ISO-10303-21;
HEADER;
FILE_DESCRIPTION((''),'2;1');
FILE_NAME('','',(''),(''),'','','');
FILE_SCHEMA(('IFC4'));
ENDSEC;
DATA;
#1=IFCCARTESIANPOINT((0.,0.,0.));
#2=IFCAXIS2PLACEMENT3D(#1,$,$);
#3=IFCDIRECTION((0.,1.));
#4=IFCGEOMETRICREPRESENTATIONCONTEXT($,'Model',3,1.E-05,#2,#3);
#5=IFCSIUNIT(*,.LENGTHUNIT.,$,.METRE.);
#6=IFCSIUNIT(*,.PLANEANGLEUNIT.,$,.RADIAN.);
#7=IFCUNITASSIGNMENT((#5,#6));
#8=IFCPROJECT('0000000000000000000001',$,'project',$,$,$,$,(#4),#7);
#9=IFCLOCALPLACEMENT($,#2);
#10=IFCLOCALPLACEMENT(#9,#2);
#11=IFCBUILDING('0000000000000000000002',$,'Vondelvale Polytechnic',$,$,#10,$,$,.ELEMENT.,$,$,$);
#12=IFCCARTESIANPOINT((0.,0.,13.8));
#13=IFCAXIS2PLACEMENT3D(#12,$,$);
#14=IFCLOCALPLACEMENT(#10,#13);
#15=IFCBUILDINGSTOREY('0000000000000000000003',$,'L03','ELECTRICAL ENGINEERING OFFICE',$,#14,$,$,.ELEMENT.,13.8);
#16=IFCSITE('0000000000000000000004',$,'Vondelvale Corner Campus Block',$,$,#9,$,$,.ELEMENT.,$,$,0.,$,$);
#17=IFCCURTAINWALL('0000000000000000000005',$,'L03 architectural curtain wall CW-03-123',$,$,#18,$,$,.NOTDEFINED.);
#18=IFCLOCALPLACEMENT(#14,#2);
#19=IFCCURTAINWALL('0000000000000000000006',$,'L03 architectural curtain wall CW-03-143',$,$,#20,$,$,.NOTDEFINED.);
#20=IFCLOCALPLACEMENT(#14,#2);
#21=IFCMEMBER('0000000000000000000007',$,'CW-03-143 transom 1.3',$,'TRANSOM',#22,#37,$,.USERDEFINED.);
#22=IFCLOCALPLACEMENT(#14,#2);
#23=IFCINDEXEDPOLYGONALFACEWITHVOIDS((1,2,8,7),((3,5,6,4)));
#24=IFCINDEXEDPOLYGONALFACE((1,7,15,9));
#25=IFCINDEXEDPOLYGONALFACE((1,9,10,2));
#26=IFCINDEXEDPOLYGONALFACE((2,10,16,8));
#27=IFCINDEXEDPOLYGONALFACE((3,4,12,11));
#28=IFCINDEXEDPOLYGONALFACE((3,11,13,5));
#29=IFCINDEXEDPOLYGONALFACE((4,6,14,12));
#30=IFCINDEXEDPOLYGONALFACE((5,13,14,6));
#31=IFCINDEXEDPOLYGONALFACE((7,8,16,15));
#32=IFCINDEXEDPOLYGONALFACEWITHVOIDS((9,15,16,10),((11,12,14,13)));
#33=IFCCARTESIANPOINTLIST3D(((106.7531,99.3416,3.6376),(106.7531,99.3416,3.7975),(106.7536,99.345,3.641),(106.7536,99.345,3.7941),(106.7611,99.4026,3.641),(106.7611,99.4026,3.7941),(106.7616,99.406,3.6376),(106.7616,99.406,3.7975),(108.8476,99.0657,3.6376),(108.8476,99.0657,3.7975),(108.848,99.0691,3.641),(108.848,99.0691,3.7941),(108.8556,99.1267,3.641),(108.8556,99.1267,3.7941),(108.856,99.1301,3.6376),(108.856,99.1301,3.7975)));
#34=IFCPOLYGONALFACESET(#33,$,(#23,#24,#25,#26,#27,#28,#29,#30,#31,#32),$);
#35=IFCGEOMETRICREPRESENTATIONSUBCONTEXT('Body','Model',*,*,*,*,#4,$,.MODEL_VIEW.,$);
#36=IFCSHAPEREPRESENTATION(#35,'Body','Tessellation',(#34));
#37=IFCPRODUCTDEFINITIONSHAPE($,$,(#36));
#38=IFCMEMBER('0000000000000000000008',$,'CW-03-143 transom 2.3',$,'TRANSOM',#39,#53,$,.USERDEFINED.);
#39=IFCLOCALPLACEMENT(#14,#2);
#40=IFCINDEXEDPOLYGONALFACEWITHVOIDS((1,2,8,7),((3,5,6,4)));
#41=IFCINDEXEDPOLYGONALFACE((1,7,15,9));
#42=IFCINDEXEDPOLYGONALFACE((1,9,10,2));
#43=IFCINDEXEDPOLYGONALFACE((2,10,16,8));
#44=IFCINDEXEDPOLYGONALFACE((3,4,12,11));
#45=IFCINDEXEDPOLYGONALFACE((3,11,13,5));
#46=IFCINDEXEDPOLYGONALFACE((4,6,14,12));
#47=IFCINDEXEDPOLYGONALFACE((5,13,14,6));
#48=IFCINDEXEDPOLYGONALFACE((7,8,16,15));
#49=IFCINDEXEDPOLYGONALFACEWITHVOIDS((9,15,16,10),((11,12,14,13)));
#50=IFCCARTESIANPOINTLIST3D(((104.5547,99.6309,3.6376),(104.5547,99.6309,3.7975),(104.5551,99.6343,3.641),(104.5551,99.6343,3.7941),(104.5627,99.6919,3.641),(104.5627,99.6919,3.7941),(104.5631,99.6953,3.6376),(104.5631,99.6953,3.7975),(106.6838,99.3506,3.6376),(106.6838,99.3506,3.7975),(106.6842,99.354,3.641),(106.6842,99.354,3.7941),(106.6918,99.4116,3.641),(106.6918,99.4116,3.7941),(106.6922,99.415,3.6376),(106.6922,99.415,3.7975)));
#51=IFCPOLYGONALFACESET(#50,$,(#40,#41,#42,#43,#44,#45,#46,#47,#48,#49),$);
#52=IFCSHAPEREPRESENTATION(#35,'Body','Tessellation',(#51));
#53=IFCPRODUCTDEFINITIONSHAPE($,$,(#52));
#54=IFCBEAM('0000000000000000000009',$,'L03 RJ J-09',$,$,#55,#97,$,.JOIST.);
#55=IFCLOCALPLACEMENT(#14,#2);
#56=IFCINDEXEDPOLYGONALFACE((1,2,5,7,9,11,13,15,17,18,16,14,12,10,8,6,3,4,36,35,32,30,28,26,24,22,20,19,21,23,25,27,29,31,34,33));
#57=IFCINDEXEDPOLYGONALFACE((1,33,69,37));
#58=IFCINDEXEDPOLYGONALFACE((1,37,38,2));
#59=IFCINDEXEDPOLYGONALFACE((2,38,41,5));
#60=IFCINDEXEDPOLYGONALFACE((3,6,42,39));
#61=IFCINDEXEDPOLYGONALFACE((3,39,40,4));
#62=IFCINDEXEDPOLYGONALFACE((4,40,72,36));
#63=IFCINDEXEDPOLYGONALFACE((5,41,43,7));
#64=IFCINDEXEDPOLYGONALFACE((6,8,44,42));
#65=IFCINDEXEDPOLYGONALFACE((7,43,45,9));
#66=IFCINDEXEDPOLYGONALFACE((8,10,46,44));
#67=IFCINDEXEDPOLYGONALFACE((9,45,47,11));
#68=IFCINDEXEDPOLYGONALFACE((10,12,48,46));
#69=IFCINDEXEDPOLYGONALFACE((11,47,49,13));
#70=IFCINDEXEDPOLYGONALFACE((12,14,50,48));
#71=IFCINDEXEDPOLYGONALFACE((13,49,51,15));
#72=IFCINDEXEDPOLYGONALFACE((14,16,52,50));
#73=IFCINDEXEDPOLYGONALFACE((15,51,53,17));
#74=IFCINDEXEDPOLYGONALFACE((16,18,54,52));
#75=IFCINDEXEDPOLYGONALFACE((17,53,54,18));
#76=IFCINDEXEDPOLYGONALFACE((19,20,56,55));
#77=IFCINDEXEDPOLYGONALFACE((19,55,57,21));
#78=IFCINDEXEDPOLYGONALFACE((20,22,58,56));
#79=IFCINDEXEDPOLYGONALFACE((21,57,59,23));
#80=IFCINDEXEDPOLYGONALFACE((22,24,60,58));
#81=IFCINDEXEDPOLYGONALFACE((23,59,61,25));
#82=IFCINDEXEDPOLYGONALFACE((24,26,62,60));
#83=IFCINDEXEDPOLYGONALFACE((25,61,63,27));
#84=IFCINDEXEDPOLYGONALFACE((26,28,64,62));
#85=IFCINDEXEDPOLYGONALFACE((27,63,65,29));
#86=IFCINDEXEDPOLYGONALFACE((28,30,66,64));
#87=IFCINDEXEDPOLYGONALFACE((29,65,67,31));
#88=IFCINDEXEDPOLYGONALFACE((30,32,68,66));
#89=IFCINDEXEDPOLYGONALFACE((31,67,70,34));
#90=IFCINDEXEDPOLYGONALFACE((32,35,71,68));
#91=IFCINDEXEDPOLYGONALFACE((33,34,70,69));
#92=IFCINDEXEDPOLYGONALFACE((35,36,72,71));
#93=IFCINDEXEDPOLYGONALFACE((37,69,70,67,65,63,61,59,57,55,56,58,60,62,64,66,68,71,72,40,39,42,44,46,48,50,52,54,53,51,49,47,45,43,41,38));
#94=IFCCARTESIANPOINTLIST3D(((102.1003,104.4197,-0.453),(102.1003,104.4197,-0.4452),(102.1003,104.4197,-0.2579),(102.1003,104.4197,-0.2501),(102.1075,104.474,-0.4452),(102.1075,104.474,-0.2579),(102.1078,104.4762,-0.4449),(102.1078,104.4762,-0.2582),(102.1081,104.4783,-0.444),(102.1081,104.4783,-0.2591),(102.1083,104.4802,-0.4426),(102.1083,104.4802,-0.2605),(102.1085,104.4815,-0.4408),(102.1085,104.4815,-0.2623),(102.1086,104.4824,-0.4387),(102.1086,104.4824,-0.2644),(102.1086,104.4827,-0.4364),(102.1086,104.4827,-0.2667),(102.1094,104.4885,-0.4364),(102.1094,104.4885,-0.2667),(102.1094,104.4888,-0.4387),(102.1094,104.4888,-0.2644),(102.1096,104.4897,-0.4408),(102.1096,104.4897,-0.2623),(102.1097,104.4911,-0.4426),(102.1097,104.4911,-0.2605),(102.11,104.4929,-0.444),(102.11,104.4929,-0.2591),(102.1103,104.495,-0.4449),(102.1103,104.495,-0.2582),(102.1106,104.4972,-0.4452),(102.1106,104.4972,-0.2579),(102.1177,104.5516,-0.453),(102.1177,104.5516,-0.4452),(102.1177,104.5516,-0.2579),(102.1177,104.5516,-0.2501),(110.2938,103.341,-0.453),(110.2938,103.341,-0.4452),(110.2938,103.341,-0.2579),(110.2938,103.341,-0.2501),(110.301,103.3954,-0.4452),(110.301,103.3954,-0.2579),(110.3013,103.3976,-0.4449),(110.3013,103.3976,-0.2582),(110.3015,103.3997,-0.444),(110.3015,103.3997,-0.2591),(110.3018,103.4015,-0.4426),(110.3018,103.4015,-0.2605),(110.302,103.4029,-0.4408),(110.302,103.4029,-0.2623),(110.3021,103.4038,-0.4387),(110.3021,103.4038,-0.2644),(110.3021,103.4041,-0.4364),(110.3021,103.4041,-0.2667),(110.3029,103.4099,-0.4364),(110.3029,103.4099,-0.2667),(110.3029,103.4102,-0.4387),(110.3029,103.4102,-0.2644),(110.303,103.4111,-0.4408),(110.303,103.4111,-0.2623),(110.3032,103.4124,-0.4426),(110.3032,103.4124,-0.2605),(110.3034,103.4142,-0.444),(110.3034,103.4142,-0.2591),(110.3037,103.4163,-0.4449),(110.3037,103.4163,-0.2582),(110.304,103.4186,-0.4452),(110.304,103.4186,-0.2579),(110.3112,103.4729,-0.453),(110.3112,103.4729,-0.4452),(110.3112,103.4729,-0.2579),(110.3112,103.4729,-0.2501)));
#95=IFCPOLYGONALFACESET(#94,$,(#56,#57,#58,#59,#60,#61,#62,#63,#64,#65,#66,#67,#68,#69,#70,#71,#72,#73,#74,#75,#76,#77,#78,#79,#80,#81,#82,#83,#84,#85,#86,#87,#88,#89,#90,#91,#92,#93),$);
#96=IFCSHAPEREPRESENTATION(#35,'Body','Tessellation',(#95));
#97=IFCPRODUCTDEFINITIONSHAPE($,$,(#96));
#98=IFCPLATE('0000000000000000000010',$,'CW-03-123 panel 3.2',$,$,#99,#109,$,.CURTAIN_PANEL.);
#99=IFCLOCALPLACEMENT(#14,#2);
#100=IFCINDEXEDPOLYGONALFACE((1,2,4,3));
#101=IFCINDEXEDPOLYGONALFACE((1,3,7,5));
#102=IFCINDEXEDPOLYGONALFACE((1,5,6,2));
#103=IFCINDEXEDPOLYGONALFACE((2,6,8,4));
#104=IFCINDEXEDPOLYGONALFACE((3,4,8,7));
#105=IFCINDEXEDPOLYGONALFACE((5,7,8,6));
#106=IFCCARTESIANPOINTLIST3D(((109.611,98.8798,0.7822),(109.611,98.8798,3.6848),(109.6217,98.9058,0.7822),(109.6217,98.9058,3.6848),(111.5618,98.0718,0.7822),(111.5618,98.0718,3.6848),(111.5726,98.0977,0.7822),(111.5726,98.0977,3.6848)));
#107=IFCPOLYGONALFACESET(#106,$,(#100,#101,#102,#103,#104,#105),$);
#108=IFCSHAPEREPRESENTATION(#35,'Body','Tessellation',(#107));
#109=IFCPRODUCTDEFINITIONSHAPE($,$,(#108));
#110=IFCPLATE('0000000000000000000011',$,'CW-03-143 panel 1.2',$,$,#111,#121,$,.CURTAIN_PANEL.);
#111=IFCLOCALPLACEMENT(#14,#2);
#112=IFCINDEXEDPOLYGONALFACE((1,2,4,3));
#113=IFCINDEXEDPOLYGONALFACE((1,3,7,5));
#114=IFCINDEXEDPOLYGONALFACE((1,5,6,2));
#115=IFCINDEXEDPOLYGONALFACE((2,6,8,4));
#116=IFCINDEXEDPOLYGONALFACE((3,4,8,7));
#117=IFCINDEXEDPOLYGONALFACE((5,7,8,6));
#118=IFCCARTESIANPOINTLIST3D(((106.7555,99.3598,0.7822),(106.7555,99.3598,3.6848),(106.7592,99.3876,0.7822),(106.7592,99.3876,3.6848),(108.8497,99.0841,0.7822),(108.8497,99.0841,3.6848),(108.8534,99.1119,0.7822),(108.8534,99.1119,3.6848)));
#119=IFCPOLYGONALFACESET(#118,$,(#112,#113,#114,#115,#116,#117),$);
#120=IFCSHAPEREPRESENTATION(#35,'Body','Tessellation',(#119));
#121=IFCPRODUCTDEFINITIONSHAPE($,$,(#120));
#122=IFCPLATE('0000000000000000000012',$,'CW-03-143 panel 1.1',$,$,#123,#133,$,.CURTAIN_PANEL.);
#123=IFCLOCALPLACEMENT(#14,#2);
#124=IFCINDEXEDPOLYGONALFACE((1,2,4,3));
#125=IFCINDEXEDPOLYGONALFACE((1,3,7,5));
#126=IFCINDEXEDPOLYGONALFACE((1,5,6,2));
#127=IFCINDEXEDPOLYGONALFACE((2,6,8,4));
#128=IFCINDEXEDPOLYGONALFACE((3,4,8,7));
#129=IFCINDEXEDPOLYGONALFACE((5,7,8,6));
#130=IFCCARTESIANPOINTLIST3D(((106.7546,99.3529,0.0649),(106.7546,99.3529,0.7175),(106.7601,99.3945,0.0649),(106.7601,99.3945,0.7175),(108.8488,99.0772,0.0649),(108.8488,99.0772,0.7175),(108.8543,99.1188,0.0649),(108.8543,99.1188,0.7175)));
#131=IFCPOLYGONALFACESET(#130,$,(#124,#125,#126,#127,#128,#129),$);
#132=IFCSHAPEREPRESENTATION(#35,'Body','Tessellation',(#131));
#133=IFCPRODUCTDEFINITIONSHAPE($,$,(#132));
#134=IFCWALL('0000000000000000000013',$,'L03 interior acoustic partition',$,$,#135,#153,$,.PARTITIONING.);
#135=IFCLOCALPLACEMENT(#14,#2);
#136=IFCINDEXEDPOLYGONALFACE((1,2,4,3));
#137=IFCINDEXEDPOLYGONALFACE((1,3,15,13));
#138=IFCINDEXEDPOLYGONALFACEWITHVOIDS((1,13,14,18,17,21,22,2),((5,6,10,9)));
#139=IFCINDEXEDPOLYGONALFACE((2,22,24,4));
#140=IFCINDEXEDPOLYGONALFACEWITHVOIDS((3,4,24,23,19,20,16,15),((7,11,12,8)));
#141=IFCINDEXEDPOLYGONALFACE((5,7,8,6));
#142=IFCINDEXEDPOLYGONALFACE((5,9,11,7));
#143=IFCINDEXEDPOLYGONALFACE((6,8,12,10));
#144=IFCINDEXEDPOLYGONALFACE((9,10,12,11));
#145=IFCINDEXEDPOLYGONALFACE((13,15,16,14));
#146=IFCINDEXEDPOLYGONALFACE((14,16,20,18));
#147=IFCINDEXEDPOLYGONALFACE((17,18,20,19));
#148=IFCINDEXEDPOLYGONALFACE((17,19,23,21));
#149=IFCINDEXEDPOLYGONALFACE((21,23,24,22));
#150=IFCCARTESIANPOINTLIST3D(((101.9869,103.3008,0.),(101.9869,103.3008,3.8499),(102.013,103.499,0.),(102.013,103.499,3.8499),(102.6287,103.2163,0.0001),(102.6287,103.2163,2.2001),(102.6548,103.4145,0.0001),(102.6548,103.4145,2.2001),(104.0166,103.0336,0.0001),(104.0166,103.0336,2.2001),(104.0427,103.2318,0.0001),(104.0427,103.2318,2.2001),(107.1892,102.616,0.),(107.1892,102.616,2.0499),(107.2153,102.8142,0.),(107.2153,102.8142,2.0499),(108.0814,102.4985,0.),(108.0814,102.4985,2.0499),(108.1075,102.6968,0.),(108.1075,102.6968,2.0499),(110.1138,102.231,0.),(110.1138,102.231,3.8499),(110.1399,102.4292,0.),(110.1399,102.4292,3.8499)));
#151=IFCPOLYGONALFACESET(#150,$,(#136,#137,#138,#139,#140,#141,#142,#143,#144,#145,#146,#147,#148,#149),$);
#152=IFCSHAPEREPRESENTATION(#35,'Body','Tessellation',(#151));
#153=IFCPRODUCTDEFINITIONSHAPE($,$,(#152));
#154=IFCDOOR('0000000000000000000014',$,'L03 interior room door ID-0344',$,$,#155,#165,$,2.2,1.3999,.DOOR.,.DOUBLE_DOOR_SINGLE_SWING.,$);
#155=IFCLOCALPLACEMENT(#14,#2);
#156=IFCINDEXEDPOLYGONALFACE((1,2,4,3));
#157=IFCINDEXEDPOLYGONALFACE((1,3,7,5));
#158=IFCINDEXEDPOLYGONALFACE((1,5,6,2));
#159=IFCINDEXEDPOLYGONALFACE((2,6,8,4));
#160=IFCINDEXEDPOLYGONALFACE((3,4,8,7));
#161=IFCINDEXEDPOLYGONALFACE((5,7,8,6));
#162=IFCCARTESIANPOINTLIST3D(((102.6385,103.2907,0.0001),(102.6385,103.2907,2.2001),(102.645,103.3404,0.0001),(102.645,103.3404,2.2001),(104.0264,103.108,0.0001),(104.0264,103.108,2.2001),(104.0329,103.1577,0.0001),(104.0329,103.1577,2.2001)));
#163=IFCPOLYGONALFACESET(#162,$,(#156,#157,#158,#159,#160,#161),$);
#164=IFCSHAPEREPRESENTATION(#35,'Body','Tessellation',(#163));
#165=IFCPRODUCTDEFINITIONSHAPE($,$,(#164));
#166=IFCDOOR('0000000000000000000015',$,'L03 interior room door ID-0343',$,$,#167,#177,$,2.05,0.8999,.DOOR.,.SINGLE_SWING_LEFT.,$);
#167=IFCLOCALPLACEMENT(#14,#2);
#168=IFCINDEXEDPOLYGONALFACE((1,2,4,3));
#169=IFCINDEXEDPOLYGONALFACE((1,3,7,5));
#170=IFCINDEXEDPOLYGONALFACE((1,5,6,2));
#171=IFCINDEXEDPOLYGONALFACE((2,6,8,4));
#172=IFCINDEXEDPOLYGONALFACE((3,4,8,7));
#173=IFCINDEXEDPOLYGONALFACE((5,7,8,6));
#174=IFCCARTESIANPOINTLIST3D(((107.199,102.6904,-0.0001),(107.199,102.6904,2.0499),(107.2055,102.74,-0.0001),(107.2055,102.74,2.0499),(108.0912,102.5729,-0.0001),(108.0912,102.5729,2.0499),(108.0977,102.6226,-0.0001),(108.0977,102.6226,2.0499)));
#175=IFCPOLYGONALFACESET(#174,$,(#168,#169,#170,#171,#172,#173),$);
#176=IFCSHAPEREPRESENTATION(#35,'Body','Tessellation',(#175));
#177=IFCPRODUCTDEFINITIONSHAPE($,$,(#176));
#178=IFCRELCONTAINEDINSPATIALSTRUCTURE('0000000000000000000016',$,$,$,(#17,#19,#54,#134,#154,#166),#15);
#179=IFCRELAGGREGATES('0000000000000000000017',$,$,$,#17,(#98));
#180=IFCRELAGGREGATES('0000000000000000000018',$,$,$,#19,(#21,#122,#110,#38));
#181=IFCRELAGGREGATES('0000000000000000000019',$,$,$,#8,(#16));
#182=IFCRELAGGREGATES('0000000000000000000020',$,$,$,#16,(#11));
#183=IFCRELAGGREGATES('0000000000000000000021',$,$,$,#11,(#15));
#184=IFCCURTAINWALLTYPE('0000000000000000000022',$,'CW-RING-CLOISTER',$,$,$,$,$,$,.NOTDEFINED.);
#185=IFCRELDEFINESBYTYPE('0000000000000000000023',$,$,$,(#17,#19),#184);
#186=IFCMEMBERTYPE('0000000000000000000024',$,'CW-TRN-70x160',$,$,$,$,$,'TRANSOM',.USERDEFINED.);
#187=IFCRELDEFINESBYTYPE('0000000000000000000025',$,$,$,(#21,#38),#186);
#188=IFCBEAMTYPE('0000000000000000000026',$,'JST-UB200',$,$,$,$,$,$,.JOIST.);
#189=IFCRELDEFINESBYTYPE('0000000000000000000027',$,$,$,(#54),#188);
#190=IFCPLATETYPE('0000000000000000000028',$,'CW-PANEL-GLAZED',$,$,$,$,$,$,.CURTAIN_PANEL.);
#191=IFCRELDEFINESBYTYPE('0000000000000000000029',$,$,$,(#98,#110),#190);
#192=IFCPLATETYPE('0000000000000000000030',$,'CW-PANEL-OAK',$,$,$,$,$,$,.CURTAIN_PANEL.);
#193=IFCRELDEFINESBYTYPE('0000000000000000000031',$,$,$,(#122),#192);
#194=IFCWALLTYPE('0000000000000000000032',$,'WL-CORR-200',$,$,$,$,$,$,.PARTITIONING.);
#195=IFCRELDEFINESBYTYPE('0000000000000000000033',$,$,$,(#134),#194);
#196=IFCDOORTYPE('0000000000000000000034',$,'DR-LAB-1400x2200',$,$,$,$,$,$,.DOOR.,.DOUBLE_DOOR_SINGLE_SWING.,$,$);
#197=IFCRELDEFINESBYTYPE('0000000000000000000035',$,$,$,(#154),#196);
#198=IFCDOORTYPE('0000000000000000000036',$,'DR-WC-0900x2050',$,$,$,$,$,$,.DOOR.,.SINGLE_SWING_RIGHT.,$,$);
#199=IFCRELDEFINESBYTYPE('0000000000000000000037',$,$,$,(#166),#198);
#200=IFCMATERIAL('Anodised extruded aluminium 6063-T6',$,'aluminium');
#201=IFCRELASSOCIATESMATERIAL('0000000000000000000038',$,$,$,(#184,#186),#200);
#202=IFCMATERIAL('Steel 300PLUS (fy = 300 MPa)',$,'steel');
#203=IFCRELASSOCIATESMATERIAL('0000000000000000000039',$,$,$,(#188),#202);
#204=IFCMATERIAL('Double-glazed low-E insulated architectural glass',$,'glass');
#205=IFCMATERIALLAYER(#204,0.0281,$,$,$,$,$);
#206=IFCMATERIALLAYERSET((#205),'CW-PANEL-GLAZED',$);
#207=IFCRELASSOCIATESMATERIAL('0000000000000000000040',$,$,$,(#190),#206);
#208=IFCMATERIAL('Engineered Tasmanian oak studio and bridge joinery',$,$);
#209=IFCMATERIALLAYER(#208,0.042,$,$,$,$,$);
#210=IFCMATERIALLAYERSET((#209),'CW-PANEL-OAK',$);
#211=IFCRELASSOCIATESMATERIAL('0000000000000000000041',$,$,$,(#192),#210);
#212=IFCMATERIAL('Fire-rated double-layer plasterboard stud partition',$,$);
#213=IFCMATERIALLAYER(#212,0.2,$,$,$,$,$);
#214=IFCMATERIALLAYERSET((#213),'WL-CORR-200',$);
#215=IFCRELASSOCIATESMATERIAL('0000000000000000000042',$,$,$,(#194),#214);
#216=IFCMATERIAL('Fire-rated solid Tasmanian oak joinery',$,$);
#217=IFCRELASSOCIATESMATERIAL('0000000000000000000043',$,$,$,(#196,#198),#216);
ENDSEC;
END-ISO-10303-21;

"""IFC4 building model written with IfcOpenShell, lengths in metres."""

from ifc_helpers import new_model, si_unit, direction, frame, frame_2d, origin, origin_2d, place, context, subcontext, project, spatial, rectangle, hollow_rectangle, i_section, extrude, material, layer, layer_set, material_profile, profile_set, type_object, element, fill, aggregate, save


model = new_model("IFC4")

# Units and contexts
model_context = context("Model", 3, precision=1e-05, world=origin(), true_north=direction((0.0, 1.0)))
body_context = subcontext(model_context, "Body", "Model", "MODEL_VIEW")
ifc_project = project(units=[si_unit("LENGTHUNIT", "METRE"), si_unit("PLANEANGLEUNIT", "RADIAN")], contexts=[model_context])

# Site, building, storey
site_placement = place(None, origin())
site = spatial("IfcSite", under=ifc_project, at=site_placement, Name="Vondelvale Corner Campus Block", CompositionType="ELEMENT", RefElevation=0.0)
building_placement = place(site_placement, origin())
building = spatial("IfcBuilding", under=site, at=building_placement, Name="Vondelvale Polytechnic", CompositionType="ELEMENT")
storey_placement = place(building_placement, frame((0.0, 0.0, 13.8)))
storey = spatial("IfcBuildingStorey", under=building, at=storey_placement, Name="L03", Description="ELECTRICAL ENGINEERING OFFICE", CompositionType="ELEMENT", Elevation=13.8)

# Shared definitions
ifc_material_1 = material(Name="Steel 300PLUS (fy = 300 MPa)", Category="steel")

# Curtain wall
ifc_material_2 = material(Name="Anodised extruded aluminium 6063-T6", Category="aluminium")
curtain_wall_type = type_object("IfcCurtainWallType", Name="CW-RING-CLOISTER", PredefinedType="NOTDEFINED", material=ifc_material_2)
curtain_wall_1_placement = place(storey_placement, origin())
curtain_wall_1 = element("IfcCurtainWall", 1, at=curtain_wall_1_placement, inside=storey, type_object=curtain_wall_type, Name="L03 architectural curtain wall CW-03-123", PredefinedType="NOTDEFINED")

# Curtain wall, members
curtain_wall_2_placement = place(storey_placement, origin())
curtain_wall_2 = element("IfcCurtainWall", 2, at=curtain_wall_2_placement, inside=storey, type_object=curtain_wall_type, Name="L03 architectural curtain wall CW-03-143", PredefinedType="NOTDEFINED")
ifc_material_profile_1 = material_profile(ifc_material_2, hollow_rectangle(XDim=0.0649, YDim=0.1599, WallThickness=0.0034, at=origin_2d()), Name="CW-TRN-160x65")
ifc_profile_set_1 = profile_set([ifc_material_profile_1], Name="Anodised extruded aluminium 6063-T6")
member_type_1 = type_object("IfcMemberType", Name="CW-TRN-70x160", ElementType="TRANSOM", PredefinedType="USERDEFINED", material=ifc_profile_set_1)
member_1_placement = place(storey_placement, frame((108.8518, 99.0979, 3.7175), z_axis=(-0.991437, 0.130589, 0.0), x_axis=(-0.130589, -0.991437, 0.0)))
member_1 = element("IfcMember", 3, at=member_1_placement, type_object=member_type_1, Name="CW-03-143 transom 1.3", ObjectType="TRANSOM", PredefinedType="USERDEFINED", context=body_context, shape_type="SweptSolid", body=[
    extrude(hollow_rectangle(XDim=0.0649, YDim=0.1599, WallThickness=0.0034, at=origin_2d()), origin(), (0.0, 0.0, 1.0), 2.1125),
])
member_2_placement = place(storey_placement, frame((106.688, 99.3828, 3.7175), z_axis=(-0.991447, 0.13051, 0.0), x_axis=(-0.13051, -0.991447, 0.0)))
member_2 = element("IfcMember", 4, at=member_2_placement, type_object=member_type_1, Name="CW-03-143 transom 2.3", ObjectType="TRANSOM", PredefinedType="USERDEFINED", context=body_context, shape_type="SweptSolid", body=[
    extrude(hollow_rectangle(XDim=0.0649, YDim=0.1599, WallThickness=0.0034, at=origin_2d()), origin(), (0.0, 0.0, 1.0), 2.1475),
])

# Beam
ifc_material_profile_2 = material_profile(ifc_material_1, i_section(OverallWidth=0.1331, OverallDepth=0.2029, WebThickness=0.0059, FlangeThickness=0.0078, FilletRadius=0.0088, at=origin_2d()), Name="200UB25.4")
ifc_profile_set_2 = profile_set([ifc_material_profile_2], Name="Steel 300PLUS (fy = 300 MPa)")
beam_type_1 = type_object("IfcBeamType", Name="JST-UB200", PredefinedType="JOIST", material=ifc_profile_set_2)
beam_1_placement = place(storey_placement, frame((110.3025, 103.407, -0.3516), z_axis=(-0.991446, 0.130519, 0.0), x_axis=(-0.130519, -0.991446, 0.0)))
element("IfcBeam", 5, at=beam_1_placement, inside=storey, type_object=beam_type_1, Name="L03 RJ J-09", PredefinedType="JOIST", context=body_context, shape_type="SweptSolid", body=[
    extrude(i_section(OverallWidth=0.1331, OverallDepth=0.2029, WebThickness=0.0059, FlangeThickness=0.0078, FilletRadius=0.0088, at=origin_2d()), origin(), (0.0, 0.0, 1.0), 8.2642),
])

# Plates
ifc_material_3 = material(Name="Double-glazed low-E insulated architectural glass", Category="glass")
ifc_layer_1 = layer(ifc_material_3, 0.0281)
ifc_layer_set_1 = layer_set([ifc_layer_1], Name="CW-PANEL-GLAZED")
plate_type_1 = type_object("IfcPlateType", Name="CW-PANEL-GLAZED", PredefinedType="CURTAIN_PANEL", material=ifc_layer_set_1)
plate_1_placement = place(storey_placement, frame((110.5918, 98.4888, 0.7822), z_axis=(0.0, 0.0, 1.0), x_axis=(-0.923882, 0.382679, 0.0)))
plate_1 = element("IfcPlate", 6, at=plate_1_placement, type_object=plate_type_1, Name="CW-03-123 panel 3.2", PredefinedType="CURTAIN_PANEL", context=body_context, shape_type="SweptSolid", body=[
    extrude(rectangle(XDim=2.1116, YDim=0.0281, at=origin_2d()), origin(), (0.0, 0.0, 1.0), 2.9026),
])
aggregate(curtain_wall_1, [plate_1])
plate_2_placement = place(storey_placement, frame((107.8044, 99.2358, 0.7822), z_axis=(0.0, 0.0, 1.0), x_axis=(-0.991445, 0.130528, 0.0)))
plate_2 = element("IfcPlate", 7, at=plate_2_placement, type_object=plate_type_1, Name="CW-03-143 panel 1.2", PredefinedType="CURTAIN_PANEL", context=body_context, shape_type="SweptSolid", body=[
    extrude(rectangle(XDim=2.1123, YDim=0.0281, at=origin_2d()), origin(), (0.0, 0.0, 1.0), 2.9026),
])
ifc_material_4 = material(Name="Engineered Tasmanian oak studio and bridge joinery")
ifc_layer_2 = layer(ifc_material_4, 0.042)
ifc_layer_set_2 = layer_set([ifc_layer_2], Name="CW-PANEL-OAK")
plate_type_2 = type_object("IfcPlateType", Name="CW-PANEL-OAK", PredefinedType="CURTAIN_PANEL", material=ifc_layer_set_2)
plate_3_placement = place(storey_placement, frame((107.8044, 99.2358, 0.0649), z_axis=(0.0, 0.0, 1.0), x_axis=(-0.991445, 0.130528, 0.0)))
plate_3 = element("IfcPlate", 8, at=plate_3_placement, type_object=plate_type_2, Name="CW-03-143 panel 1.1", PredefinedType="CURTAIN_PANEL", context=body_context, shape_type="SweptSolid", body=[
    extrude(rectangle(XDim=2.1123, YDim=0.042, at=origin_2d()), origin(), (0.0, 0.0, 1.0), 0.6526),
])
aggregate(curtain_wall_2, [member_1, plate_3, plate_2, member_2])

# Wall, openings, doors
ifc_material_5 = material(Name="Fire-rated double-layer plasterboard stud partition")
ifc_layer_3 = layer(ifc_material_5, 0.2)
ifc_layer_set_3 = layer_set([ifc_layer_3], Name="WL-CORR-200")
wall_type_1 = type_object("IfcWallType", Name="WL-CORR-200", PredefinedType="PARTITIONING", material=ifc_layer_set_3)
wall_1_placement = place(storey_placement, frame((110.127, 102.3301, 0.0), z_axis=(0.0, 0.0, 1.0), x_axis=(-0.991447, 0.130513, 0.0)))
wall_1 = element("IfcWall", 9, at=wall_1_placement, inside=storey, type_object=wall_type_1, Name="L03 interior acoustic partition", PredefinedType="PARTITIONING", context=body_context, shape_type="SweptSolid", body=[
    extrude(rectangle(XDim=8.197, YDim=0.2, at=frame_2d((4.0986, 0.0))), origin(), (0.0, 0.0, 1.0), 3.8499),
])
opening_1_placement = place(wall_1_placement, frame((2.05, 0.0, 0.0)))
opening_1 = element("IfcOpeningElement", 10, at=opening_1_placement, cuts=wall_1, PredefinedType="OPENING", context=body_context, shape_type="SweptSolid", body=[
    extrude(rectangle(XDim=0.8999, YDim=2.05, at=frame_2d((0.45, 1.0249))), frame((0.0, 0.1099, 0.0), z_axis=(0.0, -1.0, 0.0), x_axis=(1.0, 0.0, 0.0)), (0.0, 0.0, 1.0), 0.22),
])
opening_2_placement = place(wall_1_placement, frame((6.1499, 0.0, 0.0)))
opening_2 = element("IfcOpeningElement", 11, at=opening_2_placement, cuts=wall_1, PredefinedType="OPENING", context=body_context, shape_type="SweptSolid", body=[
    extrude(rectangle(XDim=1.3999, YDim=2.2, at=frame_2d((0.7, 1.1001))), frame((0.0, 0.1099, 0.0), z_axis=(0.0, -1.0, 0.0), x_axis=(1.0, 0.0, 0.0)), (0.0, 0.0, 1.0), 0.22),
])
ifc_material_6 = material(Name="Fire-rated solid Tasmanian oak joinery")
door_type_1 = type_object("IfcDoorType", Name="DR-LAB-1400x2200", OperationType="DOUBLE_DOOR_SINGLE_SWING", PredefinedType="DOOR", material=ifc_material_6)
door_1_placement = place(opening_2_placement, origin())
door_1 = element("IfcDoor", 12, at=door_1_placement, inside=storey, type_object=door_type_1, Name="L03 interior room door ID-0344", OperationType="DOUBLE_DOOR_SINGLE_SWING", OverallHeight=2.2, OverallWidth=1.3999, PredefinedType="DOOR", context=body_context, shape_type="SweptSolid", body=[
    extrude(rectangle(XDim=1.3999, YDim=2.2, at=frame_2d((0.7, 1.1001))), frame((0.0, 0.0249, 0.0), z_axis=(0.0, -1.0, 0.0), x_axis=(1.0, 0.0, 0.0)), (0.0, 0.0, 1.0), 0.05),
])
fill(opening_2, door_1)
door_type_2 = type_object("IfcDoorType", Name="DR-WC-0900x2050", OperationType="SINGLE_SWING_RIGHT", PredefinedType="DOOR", material=ifc_material_6)
door_2_placement = place(opening_1_placement, origin())
door_2 = element("IfcDoor", 13, at=door_2_placement, inside=storey, type_object=door_type_2, Name="L03 interior room door ID-0343", OperationType="SINGLE_SWING_LEFT", OverallHeight=2.05, OverallWidth=0.8999, PredefinedType="DOOR", context=body_context, shape_type="SweptSolid", body=[
    extrude(rectangle(XDim=0.8999, YDim=2.05, at=frame_2d((0.45, 1.0249))), frame((0.0, 0.0249, 0.0), z_axis=(0.0, -1.0, 0.0), x_axis=(1.0, 0.0, 0.0)), (0.0, 0.0, 1.0), 0.05),
])
fill(opening_1, door_2)

save(model, "model.ifc")
